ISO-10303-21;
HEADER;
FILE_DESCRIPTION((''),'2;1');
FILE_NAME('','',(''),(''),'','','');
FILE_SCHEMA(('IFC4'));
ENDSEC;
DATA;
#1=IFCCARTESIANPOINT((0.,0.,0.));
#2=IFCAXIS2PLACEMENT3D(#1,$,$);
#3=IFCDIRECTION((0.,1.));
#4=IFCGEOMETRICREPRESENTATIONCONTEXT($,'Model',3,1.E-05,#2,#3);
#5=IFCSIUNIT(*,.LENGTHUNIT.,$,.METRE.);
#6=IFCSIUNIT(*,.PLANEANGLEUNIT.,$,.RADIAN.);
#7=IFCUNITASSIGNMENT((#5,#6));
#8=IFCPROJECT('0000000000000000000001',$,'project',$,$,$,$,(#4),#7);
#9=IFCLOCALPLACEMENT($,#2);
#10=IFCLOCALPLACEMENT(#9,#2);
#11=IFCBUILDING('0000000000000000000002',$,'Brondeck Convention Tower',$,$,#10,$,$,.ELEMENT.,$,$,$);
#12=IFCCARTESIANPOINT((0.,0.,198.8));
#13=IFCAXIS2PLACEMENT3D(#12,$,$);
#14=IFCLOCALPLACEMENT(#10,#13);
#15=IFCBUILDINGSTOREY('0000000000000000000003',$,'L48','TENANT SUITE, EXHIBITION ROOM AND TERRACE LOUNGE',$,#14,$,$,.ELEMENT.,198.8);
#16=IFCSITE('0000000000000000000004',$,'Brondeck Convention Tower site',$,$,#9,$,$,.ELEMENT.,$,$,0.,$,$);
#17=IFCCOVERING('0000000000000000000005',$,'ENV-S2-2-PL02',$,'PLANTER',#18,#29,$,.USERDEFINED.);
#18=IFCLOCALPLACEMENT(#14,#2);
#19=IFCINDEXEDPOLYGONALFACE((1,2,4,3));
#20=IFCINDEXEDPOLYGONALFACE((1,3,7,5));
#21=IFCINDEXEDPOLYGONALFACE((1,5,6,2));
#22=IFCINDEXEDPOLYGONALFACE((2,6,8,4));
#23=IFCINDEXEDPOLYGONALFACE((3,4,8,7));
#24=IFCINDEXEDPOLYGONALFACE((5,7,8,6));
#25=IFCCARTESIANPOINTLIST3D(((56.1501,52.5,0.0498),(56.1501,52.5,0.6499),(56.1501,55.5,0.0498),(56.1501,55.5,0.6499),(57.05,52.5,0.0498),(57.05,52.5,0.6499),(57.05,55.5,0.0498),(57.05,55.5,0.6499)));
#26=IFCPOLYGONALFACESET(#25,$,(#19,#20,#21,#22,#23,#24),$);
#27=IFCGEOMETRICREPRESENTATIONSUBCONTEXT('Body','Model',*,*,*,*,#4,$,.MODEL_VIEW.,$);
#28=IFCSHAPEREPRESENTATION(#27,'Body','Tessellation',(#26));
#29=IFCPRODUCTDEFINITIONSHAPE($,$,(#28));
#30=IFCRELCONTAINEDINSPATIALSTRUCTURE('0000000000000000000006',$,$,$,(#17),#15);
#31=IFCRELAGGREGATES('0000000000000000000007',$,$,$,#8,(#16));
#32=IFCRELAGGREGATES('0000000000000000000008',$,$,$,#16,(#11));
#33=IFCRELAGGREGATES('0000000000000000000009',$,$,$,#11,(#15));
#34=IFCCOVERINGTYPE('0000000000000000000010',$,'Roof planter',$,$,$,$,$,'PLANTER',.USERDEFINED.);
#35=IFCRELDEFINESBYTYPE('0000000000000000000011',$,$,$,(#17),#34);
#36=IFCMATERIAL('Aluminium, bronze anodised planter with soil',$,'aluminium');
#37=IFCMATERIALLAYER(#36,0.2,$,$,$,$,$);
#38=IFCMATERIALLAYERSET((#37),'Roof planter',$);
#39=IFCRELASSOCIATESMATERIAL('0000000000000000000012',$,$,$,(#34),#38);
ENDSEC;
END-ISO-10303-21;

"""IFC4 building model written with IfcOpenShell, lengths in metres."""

from ifc_helpers import new_model, si_unit, direction, frame, origin, origin_2d, place, context, subcontext, project, spatial, rectangle, extrude, material, layer, layer_set, type_object, element, save


model = new_model("IFC4")

# Units and contexts
model_context = context("Model", 3, precision=1e-05, world=origin(), true_north=direction((0.0, 1.0)))
body_context = subcontext(model_context, "Body", "Model", "MODEL_VIEW")
ifc_project = project(units=[si_unit("LENGTHUNIT", "METRE"), si_unit("PLANEANGLEUNIT", "RADIAN")], contexts=[model_context])

# Site, building, storey
site_placement = place(None, origin())
site = spatial("IfcSite", under=ifc_project, at=site_placement, Name="Brondeck Convention Tower site", CompositionType="ELEMENT", RefElevation=0.0)
building_placement = place(site_placement, origin())
building = spatial("IfcBuilding", under=site, at=building_placement, Name="Brondeck Convention Tower", CompositionType="ELEMENT")
storey_placement = place(building_placement, frame((0.0, 0.0, 198.8)))
storey = spatial("IfcBuildingStorey", under=building, at=storey_placement, Name="L48", Description="TENANT SUITE, EXHIBITION ROOM AND TERRACE LOUNGE", CompositionType="ELEMENT", Elevation=198.8)

# Covering
ifc_material_1 = material(Name="Aluminium, bronze anodised planter with soil", Category="aluminium")
ifc_layer_1 = layer(ifc_material_1, 0.2)
ifc_layer_set_1 = layer_set([ifc_layer_1], Name="Roof planter")
covering_type = type_object("IfcCoveringType", Name="Roof planter", ElementType="PLANTER", PredefinedType="USERDEFINED", material=ifc_layer_set_1)
covering_placement = place(storey_placement, frame((56.6001, 54.0, 0.0498), z_axis=(0.0, 0.0, 1.0), x_axis=(0.0, 1.0, 0.0)))
element("IfcCovering", 1, at=covering_placement, inside=storey, type_object=covering_type, Name="ENV-S2-2-PL02", ObjectType="PLANTER", PredefinedType="USERDEFINED", context=body_context, shape_type="SweptSolid", body=[
    extrude(rectangle(XDim=3.0, YDim=0.8999, at=origin_2d()), origin(), (0.0, 0.0, 1.0), 0.6001),
])

save(model, "model.ifc")
